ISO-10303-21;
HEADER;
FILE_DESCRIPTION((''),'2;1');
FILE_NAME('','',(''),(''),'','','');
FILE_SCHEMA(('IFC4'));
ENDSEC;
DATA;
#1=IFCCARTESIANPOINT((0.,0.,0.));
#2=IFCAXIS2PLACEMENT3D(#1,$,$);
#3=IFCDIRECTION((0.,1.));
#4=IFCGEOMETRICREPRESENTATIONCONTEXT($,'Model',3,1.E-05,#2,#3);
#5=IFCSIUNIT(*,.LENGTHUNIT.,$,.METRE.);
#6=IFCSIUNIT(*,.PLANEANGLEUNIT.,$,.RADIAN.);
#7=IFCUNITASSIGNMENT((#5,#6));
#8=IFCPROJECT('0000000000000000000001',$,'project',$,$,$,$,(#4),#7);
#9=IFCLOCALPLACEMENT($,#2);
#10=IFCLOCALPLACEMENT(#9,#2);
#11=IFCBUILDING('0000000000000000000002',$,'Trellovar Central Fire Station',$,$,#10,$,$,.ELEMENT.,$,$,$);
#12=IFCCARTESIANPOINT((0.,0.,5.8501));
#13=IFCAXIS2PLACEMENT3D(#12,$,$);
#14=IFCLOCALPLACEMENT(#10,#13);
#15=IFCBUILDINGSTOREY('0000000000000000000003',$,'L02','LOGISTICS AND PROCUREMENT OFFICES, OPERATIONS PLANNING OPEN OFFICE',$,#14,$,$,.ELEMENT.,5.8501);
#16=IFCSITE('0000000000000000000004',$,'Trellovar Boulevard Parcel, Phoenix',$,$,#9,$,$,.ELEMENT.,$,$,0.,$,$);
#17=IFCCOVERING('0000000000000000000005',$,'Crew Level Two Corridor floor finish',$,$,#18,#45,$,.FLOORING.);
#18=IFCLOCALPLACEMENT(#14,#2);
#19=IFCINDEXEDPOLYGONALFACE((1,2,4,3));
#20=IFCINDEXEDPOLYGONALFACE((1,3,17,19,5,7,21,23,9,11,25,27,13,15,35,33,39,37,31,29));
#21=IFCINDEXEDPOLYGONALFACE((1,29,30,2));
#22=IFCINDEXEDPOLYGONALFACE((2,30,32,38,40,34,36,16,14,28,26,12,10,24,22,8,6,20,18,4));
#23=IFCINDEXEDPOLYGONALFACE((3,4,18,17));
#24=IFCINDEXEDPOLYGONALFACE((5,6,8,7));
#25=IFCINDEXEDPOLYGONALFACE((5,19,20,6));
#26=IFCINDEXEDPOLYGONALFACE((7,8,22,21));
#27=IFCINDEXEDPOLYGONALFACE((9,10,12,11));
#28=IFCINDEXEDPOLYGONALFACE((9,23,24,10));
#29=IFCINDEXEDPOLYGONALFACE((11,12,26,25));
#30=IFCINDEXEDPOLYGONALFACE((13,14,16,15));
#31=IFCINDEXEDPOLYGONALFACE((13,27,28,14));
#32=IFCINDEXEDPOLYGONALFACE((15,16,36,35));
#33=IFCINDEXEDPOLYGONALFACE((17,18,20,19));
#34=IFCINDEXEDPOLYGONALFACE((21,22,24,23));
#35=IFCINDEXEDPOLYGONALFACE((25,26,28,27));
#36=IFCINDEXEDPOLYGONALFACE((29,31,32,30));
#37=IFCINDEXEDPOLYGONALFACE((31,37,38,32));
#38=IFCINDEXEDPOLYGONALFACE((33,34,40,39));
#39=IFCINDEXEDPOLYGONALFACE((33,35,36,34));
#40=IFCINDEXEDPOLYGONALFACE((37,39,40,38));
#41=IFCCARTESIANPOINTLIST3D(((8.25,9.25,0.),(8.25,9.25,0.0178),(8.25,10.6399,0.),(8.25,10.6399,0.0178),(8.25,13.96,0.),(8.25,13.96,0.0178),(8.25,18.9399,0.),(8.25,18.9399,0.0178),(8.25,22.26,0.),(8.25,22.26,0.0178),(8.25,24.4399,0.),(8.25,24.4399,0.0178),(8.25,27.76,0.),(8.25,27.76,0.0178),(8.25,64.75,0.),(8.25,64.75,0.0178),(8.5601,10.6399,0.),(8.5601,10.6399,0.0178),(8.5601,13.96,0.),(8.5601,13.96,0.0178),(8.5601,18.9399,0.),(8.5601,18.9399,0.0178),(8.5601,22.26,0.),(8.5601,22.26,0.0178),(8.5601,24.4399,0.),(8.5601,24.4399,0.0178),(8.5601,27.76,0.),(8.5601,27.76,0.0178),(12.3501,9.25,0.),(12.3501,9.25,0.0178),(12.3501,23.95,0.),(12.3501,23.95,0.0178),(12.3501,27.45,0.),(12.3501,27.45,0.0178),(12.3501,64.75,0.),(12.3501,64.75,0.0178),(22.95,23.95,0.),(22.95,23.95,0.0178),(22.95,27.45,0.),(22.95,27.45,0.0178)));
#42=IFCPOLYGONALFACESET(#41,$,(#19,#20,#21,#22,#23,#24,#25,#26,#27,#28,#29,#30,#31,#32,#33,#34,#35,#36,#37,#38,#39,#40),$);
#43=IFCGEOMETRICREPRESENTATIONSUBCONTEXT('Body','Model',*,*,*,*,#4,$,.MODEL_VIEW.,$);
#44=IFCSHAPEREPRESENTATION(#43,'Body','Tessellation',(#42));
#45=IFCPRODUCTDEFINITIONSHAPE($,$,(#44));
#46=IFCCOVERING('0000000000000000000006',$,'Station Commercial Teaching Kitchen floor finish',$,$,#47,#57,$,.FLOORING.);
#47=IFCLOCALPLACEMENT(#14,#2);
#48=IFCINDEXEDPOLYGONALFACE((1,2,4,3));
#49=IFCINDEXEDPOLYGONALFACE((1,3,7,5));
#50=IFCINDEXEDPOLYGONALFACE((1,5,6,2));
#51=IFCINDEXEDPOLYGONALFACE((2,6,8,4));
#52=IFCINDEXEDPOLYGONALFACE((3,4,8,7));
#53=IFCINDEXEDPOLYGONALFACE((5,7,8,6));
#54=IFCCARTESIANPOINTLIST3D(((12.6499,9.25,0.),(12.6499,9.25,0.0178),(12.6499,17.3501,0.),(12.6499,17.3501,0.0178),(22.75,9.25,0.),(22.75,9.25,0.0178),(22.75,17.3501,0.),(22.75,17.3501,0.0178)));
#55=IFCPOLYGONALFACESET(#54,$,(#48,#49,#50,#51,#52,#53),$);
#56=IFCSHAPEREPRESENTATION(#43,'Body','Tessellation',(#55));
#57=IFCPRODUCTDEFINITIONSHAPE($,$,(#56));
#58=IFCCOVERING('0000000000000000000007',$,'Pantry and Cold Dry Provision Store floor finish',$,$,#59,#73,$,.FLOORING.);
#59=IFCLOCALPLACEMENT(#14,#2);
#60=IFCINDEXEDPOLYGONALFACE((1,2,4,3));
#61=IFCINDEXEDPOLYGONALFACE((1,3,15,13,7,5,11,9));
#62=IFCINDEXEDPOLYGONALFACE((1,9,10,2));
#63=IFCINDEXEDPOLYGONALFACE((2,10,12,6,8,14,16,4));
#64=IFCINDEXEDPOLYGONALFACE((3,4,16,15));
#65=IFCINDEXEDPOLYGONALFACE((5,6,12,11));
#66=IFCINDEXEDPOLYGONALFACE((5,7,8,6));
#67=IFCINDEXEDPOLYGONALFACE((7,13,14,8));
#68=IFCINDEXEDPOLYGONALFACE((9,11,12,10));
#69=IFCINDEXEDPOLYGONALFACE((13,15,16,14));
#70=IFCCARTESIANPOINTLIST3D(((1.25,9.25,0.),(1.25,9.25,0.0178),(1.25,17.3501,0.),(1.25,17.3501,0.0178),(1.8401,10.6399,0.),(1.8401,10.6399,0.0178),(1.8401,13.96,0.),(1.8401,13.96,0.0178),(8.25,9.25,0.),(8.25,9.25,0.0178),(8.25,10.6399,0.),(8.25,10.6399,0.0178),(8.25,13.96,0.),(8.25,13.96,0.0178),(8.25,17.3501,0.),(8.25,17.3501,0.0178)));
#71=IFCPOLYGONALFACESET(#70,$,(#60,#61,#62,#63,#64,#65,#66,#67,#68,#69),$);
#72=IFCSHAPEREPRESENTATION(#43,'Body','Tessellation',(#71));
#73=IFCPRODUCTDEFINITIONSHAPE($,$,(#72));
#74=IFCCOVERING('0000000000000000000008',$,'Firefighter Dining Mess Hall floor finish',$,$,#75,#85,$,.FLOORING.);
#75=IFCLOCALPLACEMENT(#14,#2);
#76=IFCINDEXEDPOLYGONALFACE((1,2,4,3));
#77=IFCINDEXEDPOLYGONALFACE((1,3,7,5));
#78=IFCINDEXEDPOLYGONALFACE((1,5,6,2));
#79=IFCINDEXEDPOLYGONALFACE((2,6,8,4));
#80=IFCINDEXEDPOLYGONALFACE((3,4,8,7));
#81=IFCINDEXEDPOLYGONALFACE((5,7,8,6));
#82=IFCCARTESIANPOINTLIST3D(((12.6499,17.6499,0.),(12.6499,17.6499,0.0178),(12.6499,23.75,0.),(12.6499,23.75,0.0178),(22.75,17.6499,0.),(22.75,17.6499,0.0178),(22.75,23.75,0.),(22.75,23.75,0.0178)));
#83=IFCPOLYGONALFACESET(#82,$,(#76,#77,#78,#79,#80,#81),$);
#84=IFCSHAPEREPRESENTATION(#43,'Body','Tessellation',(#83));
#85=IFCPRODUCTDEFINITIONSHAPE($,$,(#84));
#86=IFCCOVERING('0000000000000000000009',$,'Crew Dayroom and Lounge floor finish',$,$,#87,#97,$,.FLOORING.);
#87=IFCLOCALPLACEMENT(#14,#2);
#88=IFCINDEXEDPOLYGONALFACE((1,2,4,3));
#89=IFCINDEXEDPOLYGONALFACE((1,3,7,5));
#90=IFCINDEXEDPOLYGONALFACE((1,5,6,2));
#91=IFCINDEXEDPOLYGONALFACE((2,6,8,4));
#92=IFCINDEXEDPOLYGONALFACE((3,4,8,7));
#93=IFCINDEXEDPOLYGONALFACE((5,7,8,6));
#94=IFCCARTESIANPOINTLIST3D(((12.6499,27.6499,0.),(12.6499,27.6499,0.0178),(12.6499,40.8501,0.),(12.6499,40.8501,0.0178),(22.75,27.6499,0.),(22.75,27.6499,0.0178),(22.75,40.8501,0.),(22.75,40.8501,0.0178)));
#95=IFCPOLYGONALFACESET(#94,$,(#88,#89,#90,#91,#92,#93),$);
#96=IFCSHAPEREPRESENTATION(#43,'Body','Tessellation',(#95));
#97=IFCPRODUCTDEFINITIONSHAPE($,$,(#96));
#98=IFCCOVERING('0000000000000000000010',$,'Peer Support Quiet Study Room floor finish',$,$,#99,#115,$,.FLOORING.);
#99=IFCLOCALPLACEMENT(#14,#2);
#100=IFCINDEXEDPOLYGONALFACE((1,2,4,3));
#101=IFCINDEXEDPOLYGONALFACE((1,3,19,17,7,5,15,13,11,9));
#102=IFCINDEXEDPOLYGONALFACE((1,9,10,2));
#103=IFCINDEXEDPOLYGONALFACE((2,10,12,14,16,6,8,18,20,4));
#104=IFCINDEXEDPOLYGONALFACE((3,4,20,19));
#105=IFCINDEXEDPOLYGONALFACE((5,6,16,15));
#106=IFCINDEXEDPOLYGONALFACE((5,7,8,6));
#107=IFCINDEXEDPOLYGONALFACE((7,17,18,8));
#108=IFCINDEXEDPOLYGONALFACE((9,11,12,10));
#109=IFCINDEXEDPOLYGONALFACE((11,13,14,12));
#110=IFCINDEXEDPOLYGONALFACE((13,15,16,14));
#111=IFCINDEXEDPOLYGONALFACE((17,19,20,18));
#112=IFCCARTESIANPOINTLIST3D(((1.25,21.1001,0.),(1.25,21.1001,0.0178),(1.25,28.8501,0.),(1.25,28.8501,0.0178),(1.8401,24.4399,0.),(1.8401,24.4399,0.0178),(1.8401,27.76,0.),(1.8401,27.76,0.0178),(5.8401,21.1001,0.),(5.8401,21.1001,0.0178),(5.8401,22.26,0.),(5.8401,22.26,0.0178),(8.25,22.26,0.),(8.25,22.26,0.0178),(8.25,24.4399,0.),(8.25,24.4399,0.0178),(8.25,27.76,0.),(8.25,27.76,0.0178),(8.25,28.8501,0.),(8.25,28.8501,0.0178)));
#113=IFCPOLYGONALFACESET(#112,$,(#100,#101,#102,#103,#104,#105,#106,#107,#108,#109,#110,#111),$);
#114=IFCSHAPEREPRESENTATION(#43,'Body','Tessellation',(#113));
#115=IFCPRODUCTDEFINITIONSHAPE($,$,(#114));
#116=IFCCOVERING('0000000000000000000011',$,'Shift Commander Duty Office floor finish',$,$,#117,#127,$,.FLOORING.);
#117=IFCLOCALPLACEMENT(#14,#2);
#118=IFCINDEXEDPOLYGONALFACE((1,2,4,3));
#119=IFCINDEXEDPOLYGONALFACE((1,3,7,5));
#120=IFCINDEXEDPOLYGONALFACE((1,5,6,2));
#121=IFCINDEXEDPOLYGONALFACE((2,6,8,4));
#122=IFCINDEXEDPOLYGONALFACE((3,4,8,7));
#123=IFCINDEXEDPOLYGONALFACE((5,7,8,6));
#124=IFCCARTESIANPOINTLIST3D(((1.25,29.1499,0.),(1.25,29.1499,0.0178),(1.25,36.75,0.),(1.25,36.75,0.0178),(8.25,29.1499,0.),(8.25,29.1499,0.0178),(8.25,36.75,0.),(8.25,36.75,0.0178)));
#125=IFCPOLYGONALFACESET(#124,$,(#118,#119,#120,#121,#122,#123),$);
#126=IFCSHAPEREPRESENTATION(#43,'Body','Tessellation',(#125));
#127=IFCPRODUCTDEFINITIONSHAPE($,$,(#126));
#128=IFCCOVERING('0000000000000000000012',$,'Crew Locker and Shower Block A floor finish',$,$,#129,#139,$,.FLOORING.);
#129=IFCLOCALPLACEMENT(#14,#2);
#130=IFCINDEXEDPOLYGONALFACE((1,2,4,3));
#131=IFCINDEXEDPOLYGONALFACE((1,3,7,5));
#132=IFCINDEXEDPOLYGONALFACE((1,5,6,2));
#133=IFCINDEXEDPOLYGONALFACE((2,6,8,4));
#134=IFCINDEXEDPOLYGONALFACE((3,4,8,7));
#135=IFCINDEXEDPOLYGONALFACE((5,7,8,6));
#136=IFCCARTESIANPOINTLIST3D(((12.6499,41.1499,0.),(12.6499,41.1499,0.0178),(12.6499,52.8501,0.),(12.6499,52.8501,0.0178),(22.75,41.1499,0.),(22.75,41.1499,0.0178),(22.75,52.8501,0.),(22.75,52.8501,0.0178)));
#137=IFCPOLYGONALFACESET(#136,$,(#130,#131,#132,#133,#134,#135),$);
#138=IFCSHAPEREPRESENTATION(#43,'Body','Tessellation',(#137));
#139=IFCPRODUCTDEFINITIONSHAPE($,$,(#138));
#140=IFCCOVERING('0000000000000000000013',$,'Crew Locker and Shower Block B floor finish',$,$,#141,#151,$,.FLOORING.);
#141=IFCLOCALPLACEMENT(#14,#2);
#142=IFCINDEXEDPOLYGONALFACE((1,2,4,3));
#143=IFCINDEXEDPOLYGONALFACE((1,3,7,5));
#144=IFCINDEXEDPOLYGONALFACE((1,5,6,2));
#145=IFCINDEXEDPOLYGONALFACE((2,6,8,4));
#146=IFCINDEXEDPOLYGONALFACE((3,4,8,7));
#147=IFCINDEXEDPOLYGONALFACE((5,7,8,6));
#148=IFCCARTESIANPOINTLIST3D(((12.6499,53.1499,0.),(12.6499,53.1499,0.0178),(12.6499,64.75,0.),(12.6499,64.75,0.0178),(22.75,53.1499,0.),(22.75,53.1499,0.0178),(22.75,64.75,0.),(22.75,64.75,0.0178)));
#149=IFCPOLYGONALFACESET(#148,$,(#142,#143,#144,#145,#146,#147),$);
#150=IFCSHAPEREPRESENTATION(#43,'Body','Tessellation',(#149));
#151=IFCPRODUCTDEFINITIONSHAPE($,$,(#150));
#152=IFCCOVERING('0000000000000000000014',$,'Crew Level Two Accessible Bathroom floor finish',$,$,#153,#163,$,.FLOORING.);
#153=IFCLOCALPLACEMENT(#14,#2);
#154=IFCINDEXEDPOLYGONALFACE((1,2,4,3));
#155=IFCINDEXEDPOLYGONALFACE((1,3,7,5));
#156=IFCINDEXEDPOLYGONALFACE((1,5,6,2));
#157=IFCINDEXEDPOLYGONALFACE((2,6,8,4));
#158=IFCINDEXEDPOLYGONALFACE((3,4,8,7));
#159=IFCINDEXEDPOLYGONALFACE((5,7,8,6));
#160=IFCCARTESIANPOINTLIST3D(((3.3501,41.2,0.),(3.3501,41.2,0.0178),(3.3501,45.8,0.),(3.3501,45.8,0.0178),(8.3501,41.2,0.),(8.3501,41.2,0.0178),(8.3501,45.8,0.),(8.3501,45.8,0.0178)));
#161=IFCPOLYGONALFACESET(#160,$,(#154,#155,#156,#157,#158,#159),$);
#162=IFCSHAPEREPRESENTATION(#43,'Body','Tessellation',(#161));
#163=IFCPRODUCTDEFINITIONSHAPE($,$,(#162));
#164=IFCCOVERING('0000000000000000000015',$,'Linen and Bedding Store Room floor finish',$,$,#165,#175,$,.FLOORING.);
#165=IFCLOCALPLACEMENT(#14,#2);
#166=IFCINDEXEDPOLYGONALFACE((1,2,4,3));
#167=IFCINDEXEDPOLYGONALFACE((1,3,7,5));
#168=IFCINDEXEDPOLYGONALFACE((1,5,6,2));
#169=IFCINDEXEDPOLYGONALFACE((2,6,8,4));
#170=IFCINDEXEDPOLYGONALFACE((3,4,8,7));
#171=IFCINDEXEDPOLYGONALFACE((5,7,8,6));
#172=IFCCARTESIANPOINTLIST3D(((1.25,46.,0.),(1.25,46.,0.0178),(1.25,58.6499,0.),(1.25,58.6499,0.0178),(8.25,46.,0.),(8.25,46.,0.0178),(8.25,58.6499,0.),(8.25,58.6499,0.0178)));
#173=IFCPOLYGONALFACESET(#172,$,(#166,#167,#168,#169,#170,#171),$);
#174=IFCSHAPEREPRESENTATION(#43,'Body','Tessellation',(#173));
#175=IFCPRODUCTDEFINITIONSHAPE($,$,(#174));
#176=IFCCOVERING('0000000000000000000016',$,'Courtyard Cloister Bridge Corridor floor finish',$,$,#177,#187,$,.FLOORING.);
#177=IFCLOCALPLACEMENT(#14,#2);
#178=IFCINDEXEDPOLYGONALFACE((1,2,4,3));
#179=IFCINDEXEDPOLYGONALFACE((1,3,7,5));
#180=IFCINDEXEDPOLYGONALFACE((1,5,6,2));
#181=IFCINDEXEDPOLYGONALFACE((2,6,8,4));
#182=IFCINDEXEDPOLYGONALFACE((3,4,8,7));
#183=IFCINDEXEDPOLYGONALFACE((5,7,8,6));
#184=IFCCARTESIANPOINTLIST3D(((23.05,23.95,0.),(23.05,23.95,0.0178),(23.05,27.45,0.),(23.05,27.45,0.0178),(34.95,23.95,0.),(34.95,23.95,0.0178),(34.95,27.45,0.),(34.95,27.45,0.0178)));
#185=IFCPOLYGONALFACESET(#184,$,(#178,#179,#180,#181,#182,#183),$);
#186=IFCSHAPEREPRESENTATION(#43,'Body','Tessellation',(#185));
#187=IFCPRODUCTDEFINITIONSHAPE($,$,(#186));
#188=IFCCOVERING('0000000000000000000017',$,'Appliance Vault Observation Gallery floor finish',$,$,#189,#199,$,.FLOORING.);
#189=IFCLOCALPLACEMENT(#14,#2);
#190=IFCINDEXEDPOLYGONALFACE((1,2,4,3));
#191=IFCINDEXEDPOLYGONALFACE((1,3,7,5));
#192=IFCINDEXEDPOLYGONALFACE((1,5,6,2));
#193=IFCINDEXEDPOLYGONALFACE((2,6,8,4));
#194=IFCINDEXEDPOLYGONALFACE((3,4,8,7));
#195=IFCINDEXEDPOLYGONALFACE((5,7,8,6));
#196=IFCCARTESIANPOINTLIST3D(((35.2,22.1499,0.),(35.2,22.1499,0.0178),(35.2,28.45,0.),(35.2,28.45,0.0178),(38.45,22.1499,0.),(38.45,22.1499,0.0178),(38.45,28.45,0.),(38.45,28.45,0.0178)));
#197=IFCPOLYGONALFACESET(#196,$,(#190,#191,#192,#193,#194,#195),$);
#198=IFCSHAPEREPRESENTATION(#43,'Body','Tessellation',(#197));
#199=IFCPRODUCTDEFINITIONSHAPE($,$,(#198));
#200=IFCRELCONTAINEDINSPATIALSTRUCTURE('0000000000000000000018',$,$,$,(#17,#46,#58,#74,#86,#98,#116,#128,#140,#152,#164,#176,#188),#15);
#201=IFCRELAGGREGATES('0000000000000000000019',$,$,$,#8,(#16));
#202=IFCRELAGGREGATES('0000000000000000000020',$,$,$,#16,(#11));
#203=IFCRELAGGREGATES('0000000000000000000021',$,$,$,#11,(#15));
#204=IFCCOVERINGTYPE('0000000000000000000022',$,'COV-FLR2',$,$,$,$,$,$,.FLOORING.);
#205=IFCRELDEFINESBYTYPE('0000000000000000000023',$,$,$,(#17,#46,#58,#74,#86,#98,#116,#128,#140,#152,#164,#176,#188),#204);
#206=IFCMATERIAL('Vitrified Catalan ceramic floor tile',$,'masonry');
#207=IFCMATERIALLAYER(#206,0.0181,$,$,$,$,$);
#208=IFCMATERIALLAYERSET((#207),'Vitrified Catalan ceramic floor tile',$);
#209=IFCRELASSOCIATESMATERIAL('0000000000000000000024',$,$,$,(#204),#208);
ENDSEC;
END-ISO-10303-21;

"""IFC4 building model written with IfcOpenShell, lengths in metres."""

from ifc_helpers import new_model, si_unit, direction, frame, origin, place, context, subcontext, project, spatial, polyline, outline, extrude, material, layer, layer_set, type_object, element, save


model = new_model("IFC4")

# Units and contexts
model_context = context("Model", 3, precision=1e-05, world=origin(), true_north=direction((0.0, 1.0)))
body_context = subcontext(model_context, "Body", "Model", "MODEL_VIEW")
ifc_project = project(units=[si_unit("LENGTHUNIT", "METRE"), si_unit("PLANEANGLEUNIT", "RADIAN")], contexts=[model_context])

# Site, building, storey
site_placement = place(None, origin())
site = spatial("IfcSite", under=ifc_project, at=site_placement, Name="Trellovar Boulevard Parcel, Phoenix", CompositionType="ELEMENT", RefElevation=0.0)
building_placement = place(site_placement, origin())
building = spatial("IfcBuilding", under=site, at=building_placement, Name="Trellovar Central Fire Station", CompositionType="ELEMENT")
storey_placement = place(building_placement, frame((0.0, 0.0, 5.8501)))
storey = spatial("IfcBuildingStorey", under=building, at=storey_placement, Name="L02", Description="LOGISTICS AND PROCUREMENT OFFICES, OPERATIONS PLANNING OPEN OFFICE", CompositionType="ELEMENT", Elevation=5.8501)

# Coverings
ifc_material_1 = material(Name="Vitrified Catalan ceramic floor tile", Category="masonry")
ifc_layer_1 = layer(ifc_material_1, 0.0181)
ifc_layer_set_1 = layer_set([ifc_layer_1], Name="Vitrified Catalan ceramic floor tile")
covering_type_1 = type_object("IfcCoveringType", Name="COV-FLR2", PredefinedType="FLOORING", material=ifc_layer_set_1)
covering_1_placement = place(storey_placement, origin())
element("IfcCovering", 1, at=covering_1_placement, inside=storey, type_object=covering_type_1, Name="Crew Level Two Corridor floor finish", PredefinedType="FLOORING", context=body_context, shape_type="SweptSolid", body=[
    extrude(outline(polyline([(8.5601, 18.9399), (8.5601, 22.26), (8.25, 22.26), (8.25, 24.4399), (8.5601, 24.4399), (8.5601, 27.76), (8.25, 27.76), (8.25, 64.75), (12.3501, 64.75), (12.3501, 27.45), (22.95, 27.45), (22.95, 23.95), (12.3501, 23.95), (12.3501, 9.25), (8.25, 9.25), (8.25, 10.6399), (8.5601, 10.6399), (8.5601, 13.96), (8.25, 13.96), (8.25, 18.9399), (8.5601, 18.9399)])), origin(), (0.0, 0.0, 1.0), 0.0178),
])
covering_2_placement = place(storey_placement, origin())
element("IfcCovering", 2, at=covering_2_placement, inside=storey, type_object=covering_type_1, Name="Station Commercial Teaching Kitchen floor finish", PredefinedType="FLOORING", context=body_context, shape_type="SweptSolid", body=[
    extrude(outline(polyline([(22.75, 17.3501), (22.75, 9.25), (12.6499, 9.25), (12.6499, 17.3501), (22.75, 17.3501)])), origin(), (0.0, 0.0, 1.0), 0.0178),
])
covering_3_placement = place(storey_placement, origin())
element("IfcCovering", 3, at=covering_3_placement, inside=storey, type_object=covering_type_1, Name="Pantry and Cold Dry Provision Store floor finish", PredefinedType="FLOORING", context=body_context, shape_type="SweptSolid", body=[
    extrude(outline(polyline([(8.25, 10.6399), (8.25, 9.25), (1.25, 9.25), (1.25, 17.3501), (8.25, 17.3501), (8.25, 13.96), (1.8401, 13.96), (1.8401, 10.6399), (8.25, 10.6399)])), origin(), (0.0, 0.0, 1.0), 0.0178),
])
covering_4_placement = place(storey_placement, origin())
element("IfcCovering", 4, at=covering_4_placement, inside=storey, type_object=covering_type_1, Name="Firefighter Dining Mess Hall floor finish", PredefinedType="FLOORING", context=body_context, shape_type="SweptSolid", body=[
    extrude(outline(polyline([(22.75, 23.75), (22.75, 17.6499), (12.6499, 17.6499), (12.6499, 23.75), (22.75, 23.75)])), origin(), (0.0, 0.0, 1.0), 0.0178),
])
covering_5_placement = place(storey_placement, origin())
element("IfcCovering", 5, at=covering_5_placement, inside=storey, type_object=covering_type_1, Name="Crew Dayroom and Lounge floor finish", PredefinedType="FLOORING", context=body_context, shape_type="SweptSolid", body=[
    extrude(outline(polyline([(22.75, 40.8501), (22.75, 27.6499), (12.6499, 27.6499), (12.6499, 40.8501), (22.75, 40.8501)])), origin(), (0.0, 0.0, 1.0), 0.0178),
])
covering_6_placement = place(storey_placement, origin())
element("IfcCovering", 6, at=covering_6_placement, inside=storey, type_object=covering_type_1, Name="Peer Support Quiet Study Room floor finish", PredefinedType="FLOORING", context=body_context, shape_type="SweptSolid", body=[
    extrude(outline(polyline([(8.25, 28.8501), (8.25, 27.76), (1.8401, 27.76), (1.8401, 24.4399), (8.25, 24.4399), (8.25, 22.26), (5.8401, 22.26), (5.8401, 21.1001), (1.25, 21.1001), (1.25, 28.8501), (8.25, 28.8501)])), origin(), (0.0, 0.0, 1.0), 0.0178),
])
covering_7_placement = place(storey_placement, origin())
element("IfcCovering", 7, at=covering_7_placement, inside=storey, type_object=covering_type_1, Name="Shift Commander Duty Office floor finish", PredefinedType="FLOORING", context=body_context, shape_type="SweptSolid", body=[
    extrude(outline(polyline([(8.25, 36.75), (8.25, 29.1499), (1.25, 29.1499), (1.25, 36.75), (8.25, 36.75)])), origin(), (0.0, 0.0, 1.0), 0.0178),
])
covering_8_placement = place(storey_placement, origin())
element("IfcCovering", 8, at=covering_8_placement, inside=storey, type_object=covering_type_1, Name="Crew Locker and Shower Block A floor finish", PredefinedType="FLOORING", context=body_context, shape_type="SweptSolid", body=[
    extrude(outline(polyline([(22.75, 52.8501), (22.75, 41.1499), (12.6499, 41.1499), (12.6499, 52.8501), (22.75, 52.8501)])), origin(), (0.0, 0.0, 1.0), 0.0178),
])
covering_9_placement = place(storey_placement, origin())
element("IfcCovering", 9, at=covering_9_placement, inside=storey, type_object=covering_type_1, Name="Crew Locker and Shower Block B floor finish", PredefinedType="FLOORING", context=body_context, shape_type="SweptSolid", body=[
    extrude(outline(polyline([(22.75, 64.75), (22.75, 53.1499), (12.6499, 53.1499), (12.6499, 64.75), (22.75, 64.75)])), origin(), (0.0, 0.0, 1.0), 0.0178),
])
covering_10_placement = place(storey_placement, origin())
element("IfcCovering", 10, at=covering_10_placement, inside=storey, type_object=covering_type_1, Name="Crew Level Two Accessible Bathroom floor finish", PredefinedType="FLOORING", context=body_context, shape_type="SweptSolid", body=[
    extrude(outline(polyline([(8.3501, 45.8), (8.3501, 41.2), (3.3501, 41.2), (3.3501, 45.8), (8.3501, 45.8)])), origin(), (0.0, 0.0, 1.0), 0.0178),
])
covering_11_placement = place(storey_placement, origin())
element("IfcCovering", 11, at=covering_11_placement, inside=storey, type_object=covering_type_1, Name="Linen and Bedding Store Room floor finish", PredefinedType="FLOORING", context=body_context, shape_type="SweptSolid", body=[
    extrude(outline(polyline([(8.25, 58.6499), (8.25, 46.0), (1.25, 46.0), (1.25, 58.6499), (8.25, 58.6499)])), origin(), (0.0, 0.0, 1.0), 0.0178),
])
covering_12_placement = place(storey_placement, origin())
element("IfcCovering", 12, at=covering_12_placement, inside=storey, type_object=covering_type_1, Name="Courtyard Cloister Bridge Corridor floor finish", PredefinedType="FLOORING", context=body_context, shape_type="SweptSolid", body=[
    extrude(outline(polyline([(34.95, 27.45), (34.95, 23.95), (23.05, 23.95), (23.05, 27.45), (34.95, 27.45)])), origin(), (0.0, 0.0, 1.0), 0.0178),
])
covering_13_placement = place(storey_placement, origin())
element("IfcCovering", 13, at=covering_13_placement, inside=storey, type_object=covering_type_1, Name="Appliance Vault Observation Gallery floor finish", PredefinedType="FLOORING", context=body_context, shape_type="SweptSolid", body=[
    extrude(outline(polyline([(38.45, 28.45), (38.45, 22.1499), (35.2, 22.1499), (35.2, 28.45), (38.45, 28.45)])), origin(), (0.0, 0.0, 1.0), 0.0178),
])

save(model, "model.ifc")
